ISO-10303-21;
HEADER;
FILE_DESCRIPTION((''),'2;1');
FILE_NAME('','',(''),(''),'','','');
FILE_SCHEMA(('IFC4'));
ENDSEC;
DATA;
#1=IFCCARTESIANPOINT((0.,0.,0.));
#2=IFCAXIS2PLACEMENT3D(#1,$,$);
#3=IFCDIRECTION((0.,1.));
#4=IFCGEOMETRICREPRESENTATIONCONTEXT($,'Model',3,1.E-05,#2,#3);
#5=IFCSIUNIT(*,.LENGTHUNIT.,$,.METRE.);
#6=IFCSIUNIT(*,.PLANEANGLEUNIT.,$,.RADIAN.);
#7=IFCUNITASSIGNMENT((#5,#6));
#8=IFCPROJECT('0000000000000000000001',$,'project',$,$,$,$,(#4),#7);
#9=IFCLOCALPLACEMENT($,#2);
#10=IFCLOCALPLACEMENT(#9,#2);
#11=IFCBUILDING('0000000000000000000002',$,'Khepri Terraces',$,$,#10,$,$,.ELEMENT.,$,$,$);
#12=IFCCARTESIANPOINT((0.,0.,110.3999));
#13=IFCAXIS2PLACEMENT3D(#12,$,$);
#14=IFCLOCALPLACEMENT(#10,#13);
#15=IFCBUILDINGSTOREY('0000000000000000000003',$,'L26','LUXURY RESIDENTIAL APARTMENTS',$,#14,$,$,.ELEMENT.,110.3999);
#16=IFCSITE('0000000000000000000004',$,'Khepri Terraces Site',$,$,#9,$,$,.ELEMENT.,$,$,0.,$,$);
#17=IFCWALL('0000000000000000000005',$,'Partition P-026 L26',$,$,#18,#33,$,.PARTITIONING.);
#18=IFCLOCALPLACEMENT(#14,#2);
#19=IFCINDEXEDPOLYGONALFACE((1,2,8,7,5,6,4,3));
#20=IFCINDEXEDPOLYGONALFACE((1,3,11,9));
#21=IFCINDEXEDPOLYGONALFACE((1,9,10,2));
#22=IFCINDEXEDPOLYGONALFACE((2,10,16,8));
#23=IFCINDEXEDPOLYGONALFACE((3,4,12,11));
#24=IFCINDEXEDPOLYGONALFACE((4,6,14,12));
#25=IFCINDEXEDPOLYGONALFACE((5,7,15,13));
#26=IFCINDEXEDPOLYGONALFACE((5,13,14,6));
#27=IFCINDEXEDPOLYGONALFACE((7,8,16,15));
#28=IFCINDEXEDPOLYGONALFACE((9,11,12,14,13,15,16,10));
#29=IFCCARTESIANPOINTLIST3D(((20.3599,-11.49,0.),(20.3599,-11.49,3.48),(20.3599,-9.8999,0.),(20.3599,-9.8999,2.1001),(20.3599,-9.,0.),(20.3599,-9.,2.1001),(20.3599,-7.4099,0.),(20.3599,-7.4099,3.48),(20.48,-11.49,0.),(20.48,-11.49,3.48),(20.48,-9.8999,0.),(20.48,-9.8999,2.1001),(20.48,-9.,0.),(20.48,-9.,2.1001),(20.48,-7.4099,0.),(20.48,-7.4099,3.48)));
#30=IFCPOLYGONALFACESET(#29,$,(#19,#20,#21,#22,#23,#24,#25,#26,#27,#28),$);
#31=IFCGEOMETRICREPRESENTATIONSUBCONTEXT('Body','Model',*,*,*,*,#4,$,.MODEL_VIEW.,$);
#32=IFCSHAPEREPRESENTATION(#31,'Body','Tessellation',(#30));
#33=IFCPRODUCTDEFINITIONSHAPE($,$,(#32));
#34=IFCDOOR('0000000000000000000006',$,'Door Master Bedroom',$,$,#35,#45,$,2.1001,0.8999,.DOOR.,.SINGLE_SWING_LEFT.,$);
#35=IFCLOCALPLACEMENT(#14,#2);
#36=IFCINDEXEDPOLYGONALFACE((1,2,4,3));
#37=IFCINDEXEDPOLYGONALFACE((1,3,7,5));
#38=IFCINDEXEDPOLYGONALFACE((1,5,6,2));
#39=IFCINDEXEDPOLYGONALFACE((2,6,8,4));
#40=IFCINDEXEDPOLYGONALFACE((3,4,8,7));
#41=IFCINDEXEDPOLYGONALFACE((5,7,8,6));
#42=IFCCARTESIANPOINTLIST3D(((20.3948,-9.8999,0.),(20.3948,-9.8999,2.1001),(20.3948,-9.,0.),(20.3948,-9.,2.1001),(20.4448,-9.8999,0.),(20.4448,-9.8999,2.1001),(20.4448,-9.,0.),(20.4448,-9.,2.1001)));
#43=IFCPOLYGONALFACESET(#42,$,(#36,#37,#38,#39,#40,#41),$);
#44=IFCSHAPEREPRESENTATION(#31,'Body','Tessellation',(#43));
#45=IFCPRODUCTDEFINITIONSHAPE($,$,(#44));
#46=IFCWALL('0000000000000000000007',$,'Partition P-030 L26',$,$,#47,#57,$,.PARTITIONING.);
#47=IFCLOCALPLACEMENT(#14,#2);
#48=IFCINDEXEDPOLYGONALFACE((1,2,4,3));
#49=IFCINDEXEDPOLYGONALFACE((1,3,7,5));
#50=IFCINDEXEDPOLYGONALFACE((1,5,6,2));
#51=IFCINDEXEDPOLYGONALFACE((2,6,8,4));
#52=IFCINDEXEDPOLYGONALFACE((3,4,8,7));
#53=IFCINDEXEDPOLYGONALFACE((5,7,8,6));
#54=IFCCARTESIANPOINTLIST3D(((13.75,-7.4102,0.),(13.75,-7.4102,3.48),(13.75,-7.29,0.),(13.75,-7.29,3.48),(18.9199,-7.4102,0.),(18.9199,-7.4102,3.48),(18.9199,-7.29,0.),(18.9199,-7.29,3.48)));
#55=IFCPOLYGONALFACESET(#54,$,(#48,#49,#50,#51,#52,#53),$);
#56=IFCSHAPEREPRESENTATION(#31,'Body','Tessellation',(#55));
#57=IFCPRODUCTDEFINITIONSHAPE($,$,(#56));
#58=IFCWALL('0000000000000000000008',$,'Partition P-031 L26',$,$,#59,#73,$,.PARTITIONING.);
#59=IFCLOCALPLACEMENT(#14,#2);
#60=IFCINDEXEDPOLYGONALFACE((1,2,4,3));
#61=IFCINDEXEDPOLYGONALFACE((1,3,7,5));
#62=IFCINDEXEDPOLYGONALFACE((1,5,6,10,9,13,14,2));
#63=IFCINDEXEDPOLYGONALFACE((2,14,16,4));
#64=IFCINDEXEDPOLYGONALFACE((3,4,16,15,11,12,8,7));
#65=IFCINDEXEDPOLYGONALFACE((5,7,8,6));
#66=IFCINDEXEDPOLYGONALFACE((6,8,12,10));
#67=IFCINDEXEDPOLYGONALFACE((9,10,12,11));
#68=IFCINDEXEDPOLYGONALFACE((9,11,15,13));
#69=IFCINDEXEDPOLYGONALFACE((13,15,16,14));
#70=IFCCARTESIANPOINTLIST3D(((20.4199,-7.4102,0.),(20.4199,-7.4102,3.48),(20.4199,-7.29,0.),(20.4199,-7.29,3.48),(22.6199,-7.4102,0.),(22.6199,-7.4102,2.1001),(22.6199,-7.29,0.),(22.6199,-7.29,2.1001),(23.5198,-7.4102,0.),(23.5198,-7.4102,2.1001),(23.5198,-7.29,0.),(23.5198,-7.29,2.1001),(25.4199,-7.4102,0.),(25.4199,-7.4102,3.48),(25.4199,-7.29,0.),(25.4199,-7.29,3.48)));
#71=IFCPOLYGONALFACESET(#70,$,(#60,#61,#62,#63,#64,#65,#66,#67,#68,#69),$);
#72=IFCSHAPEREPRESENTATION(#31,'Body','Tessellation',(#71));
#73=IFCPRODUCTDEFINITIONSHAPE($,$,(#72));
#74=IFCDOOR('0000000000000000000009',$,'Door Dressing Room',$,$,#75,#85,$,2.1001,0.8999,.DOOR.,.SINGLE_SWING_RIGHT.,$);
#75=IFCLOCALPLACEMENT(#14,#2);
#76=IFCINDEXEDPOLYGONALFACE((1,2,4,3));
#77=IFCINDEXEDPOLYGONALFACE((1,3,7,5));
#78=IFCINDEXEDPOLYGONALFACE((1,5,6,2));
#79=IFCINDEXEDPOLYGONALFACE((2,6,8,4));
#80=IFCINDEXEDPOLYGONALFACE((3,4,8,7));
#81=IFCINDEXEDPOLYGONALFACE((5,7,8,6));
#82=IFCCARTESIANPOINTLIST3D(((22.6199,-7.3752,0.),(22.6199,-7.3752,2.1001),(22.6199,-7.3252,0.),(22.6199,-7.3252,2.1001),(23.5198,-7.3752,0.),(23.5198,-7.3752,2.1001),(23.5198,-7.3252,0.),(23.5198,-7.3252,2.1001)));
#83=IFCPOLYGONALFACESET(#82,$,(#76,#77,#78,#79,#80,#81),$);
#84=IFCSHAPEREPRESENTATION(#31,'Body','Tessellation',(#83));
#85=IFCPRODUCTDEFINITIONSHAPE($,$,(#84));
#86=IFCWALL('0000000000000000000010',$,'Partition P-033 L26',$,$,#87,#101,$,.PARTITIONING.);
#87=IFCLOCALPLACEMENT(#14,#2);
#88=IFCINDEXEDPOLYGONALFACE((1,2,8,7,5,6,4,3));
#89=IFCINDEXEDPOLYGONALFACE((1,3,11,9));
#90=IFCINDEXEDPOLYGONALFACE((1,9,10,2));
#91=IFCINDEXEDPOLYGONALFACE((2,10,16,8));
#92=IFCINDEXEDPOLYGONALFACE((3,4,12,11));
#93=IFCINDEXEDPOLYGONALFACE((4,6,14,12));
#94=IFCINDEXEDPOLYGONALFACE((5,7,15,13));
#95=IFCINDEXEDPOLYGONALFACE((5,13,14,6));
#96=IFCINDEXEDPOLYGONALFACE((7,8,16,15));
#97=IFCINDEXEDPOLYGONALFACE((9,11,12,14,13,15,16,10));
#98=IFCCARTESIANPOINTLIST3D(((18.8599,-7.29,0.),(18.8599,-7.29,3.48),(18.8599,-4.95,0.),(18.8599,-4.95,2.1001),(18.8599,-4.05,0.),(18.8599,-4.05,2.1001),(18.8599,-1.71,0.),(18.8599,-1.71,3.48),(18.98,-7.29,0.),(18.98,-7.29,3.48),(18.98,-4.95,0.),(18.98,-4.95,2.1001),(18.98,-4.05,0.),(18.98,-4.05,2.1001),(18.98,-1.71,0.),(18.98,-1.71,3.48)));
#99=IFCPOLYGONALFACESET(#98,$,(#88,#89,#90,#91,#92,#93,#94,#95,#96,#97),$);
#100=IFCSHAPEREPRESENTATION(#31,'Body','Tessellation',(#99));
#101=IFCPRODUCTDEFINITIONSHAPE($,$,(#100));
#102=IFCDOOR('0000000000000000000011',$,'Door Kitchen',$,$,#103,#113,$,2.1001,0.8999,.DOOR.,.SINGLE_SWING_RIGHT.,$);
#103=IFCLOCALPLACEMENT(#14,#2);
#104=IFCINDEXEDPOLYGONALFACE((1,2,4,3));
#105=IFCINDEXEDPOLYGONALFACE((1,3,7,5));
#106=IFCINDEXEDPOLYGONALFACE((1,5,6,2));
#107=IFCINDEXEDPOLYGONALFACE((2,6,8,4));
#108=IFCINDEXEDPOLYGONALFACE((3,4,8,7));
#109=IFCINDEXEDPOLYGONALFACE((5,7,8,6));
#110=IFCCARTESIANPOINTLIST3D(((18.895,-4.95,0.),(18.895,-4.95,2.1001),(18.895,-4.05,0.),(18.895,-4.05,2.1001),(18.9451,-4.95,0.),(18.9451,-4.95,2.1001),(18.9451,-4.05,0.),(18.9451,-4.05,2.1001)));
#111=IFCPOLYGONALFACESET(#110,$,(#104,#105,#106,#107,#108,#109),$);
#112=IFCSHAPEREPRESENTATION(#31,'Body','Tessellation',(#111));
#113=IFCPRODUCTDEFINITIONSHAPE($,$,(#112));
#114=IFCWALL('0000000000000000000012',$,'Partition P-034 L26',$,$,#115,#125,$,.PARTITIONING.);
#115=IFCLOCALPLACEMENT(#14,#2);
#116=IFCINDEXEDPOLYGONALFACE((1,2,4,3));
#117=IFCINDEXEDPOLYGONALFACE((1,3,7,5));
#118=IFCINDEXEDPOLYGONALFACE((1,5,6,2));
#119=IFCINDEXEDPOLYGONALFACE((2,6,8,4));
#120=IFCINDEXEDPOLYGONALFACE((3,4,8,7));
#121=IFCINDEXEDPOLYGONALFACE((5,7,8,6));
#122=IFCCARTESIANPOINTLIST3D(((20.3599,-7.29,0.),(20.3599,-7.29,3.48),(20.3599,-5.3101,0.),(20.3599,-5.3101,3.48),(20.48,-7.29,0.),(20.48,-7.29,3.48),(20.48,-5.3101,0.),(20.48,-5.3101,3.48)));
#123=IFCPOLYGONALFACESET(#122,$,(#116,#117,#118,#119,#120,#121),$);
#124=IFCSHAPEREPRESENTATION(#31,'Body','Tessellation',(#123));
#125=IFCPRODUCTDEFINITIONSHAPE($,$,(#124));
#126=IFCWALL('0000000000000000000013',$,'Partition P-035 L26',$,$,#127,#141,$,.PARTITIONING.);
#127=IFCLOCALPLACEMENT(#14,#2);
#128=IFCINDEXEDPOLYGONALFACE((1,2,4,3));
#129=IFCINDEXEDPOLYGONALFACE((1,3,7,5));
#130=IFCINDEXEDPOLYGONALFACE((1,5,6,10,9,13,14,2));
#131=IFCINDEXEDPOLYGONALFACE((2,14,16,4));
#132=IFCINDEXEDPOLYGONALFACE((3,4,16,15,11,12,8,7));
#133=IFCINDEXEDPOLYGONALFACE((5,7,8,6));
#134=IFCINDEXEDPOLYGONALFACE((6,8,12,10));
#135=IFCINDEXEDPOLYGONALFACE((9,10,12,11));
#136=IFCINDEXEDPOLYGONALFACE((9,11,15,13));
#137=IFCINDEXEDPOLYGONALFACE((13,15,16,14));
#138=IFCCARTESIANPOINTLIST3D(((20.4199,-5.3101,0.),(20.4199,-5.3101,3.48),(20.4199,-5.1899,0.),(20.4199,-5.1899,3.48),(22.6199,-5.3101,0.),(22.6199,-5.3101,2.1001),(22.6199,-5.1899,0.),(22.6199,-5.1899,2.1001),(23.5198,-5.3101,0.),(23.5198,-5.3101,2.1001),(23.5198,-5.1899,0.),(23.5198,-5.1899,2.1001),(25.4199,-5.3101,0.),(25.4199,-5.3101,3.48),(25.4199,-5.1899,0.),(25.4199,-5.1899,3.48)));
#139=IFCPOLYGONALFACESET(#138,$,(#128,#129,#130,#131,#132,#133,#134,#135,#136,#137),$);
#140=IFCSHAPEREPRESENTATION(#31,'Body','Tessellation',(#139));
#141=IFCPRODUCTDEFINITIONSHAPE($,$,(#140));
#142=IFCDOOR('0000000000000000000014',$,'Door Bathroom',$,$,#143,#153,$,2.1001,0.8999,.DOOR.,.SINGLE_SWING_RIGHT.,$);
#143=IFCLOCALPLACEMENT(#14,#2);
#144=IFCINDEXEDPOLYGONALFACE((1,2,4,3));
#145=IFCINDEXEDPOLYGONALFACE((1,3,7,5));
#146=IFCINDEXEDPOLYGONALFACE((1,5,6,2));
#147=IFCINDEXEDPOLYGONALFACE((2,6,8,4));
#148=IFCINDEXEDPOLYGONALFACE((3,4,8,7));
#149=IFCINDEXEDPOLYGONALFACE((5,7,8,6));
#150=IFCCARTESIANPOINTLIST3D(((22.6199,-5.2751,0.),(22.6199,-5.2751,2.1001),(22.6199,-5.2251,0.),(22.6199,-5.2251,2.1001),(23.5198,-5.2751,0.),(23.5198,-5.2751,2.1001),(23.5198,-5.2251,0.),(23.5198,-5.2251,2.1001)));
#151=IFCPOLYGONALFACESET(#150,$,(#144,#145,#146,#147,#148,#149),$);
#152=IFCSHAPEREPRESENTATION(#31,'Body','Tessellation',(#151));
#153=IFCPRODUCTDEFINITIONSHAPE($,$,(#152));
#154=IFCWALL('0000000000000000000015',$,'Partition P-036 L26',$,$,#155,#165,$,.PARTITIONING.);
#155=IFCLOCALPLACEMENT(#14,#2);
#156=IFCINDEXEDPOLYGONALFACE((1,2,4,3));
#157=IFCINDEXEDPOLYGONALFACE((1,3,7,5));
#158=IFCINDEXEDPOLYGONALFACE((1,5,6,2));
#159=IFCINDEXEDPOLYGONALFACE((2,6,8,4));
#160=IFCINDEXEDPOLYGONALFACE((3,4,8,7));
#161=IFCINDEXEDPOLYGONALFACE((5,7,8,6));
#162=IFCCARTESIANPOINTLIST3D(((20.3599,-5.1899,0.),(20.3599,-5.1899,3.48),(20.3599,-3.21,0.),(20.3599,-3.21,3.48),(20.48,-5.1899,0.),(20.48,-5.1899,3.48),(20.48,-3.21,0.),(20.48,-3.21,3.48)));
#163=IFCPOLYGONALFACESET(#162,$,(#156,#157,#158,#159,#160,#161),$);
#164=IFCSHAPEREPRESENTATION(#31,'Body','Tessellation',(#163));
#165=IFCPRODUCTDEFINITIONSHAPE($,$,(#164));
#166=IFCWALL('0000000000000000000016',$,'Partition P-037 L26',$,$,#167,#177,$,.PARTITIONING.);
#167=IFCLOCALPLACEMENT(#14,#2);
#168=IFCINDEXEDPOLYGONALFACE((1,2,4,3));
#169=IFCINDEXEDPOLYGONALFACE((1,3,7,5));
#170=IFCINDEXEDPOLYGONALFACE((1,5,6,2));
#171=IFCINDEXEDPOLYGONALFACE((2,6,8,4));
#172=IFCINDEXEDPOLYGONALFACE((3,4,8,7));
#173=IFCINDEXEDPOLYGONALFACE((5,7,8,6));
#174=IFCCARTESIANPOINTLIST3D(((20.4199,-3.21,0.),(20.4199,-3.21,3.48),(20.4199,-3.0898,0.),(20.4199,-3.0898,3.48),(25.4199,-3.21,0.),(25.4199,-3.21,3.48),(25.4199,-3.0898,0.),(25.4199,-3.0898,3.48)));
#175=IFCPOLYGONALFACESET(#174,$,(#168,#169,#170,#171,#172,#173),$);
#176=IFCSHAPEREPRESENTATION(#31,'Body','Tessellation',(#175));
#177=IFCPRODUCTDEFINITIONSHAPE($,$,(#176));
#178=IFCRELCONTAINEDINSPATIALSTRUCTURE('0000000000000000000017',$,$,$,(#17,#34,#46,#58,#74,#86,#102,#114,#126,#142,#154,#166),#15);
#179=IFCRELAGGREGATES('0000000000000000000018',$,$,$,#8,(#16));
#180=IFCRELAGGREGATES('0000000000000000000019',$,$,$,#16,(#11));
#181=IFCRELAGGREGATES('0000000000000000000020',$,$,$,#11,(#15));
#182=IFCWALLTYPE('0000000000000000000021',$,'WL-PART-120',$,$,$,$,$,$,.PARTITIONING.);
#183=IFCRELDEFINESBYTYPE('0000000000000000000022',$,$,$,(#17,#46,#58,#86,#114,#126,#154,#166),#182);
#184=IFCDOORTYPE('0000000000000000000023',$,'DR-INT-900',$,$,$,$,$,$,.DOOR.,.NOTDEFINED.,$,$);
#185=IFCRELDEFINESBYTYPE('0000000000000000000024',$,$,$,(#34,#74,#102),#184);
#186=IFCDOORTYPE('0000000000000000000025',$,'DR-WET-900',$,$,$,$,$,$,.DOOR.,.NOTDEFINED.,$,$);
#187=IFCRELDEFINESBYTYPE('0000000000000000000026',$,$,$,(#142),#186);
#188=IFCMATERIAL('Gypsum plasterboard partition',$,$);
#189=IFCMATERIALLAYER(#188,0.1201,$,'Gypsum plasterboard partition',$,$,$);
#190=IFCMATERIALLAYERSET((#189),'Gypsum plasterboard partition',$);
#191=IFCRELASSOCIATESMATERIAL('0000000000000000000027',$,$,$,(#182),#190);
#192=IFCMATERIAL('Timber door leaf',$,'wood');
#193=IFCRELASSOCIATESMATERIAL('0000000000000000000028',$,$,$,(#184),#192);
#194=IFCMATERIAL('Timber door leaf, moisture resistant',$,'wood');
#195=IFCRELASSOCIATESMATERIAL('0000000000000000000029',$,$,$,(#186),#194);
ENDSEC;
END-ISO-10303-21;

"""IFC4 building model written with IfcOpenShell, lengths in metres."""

from ifc_helpers import new_model, si_unit, direction, frame, frame_2d, origin, place, context, subcontext, project, spatial, rectangle, extrude, material, layer, layer_set, type_object, element, fill, save


model = new_model("IFC4")

# Units and contexts
model_context = context("Model", 3, precision=1e-05, world=origin(), true_north=direction((0.0, 1.0)))
body_context = subcontext(model_context, "Body", "Model", "MODEL_VIEW")
ifc_project = project(units=[si_unit("LENGTHUNIT", "METRE"), si_unit("PLANEANGLEUNIT", "RADIAN")], contexts=[model_context])

# Site, building, storey
site_placement = place(None, origin())
site = spatial("IfcSite", under=ifc_project, at=site_placement, Name="Khepri Terraces Site", CompositionType="ELEMENT", RefElevation=0.0)
building_placement = place(site_placement, origin())
building = spatial("IfcBuilding", under=site, at=building_placement, Name="Khepri Terraces", CompositionType="ELEMENT")
storey_placement = place(building_placement, frame((0.0, 0.0, 110.3999)))
storey = spatial("IfcBuildingStorey", under=building, at=storey_placement, Name="L26", Description="LUXURY RESIDENTIAL APARTMENTS", CompositionType="ELEMENT", Elevation=110.3999)

# Shared definitions
ifc_material_1 = material(Name="Gypsum plasterboard partition")
ifc_layer_1 = layer(ifc_material_1, 0.1201, Name="Gypsum plasterboard partition")
ifc_layer_set_1 = layer_set([ifc_layer_1], Name="Gypsum plasterboard partition")
wall_type_1 = type_object("IfcWallType", Name="WL-PART-120", PredefinedType="PARTITIONING", material=ifc_layer_set_1)

# Wall, opening, door
wall_1_placement = place(storey_placement, frame((20.4199, -11.49, 0.0), z_axis=(0.0, 0.0, 1.0), x_axis=(0.0, 1.0, 0.0)))
wall_1 = element("IfcWall", 1, at=wall_1_placement, inside=storey, type_object=wall_type_1, Name="Partition P-026 L26", PredefinedType="PARTITIONING", context=body_context, shape_type="SweptSolid", body=[
    extrude(rectangle(XDim=4.0801, YDim=0.1201, at=frame_2d((2.04, 0.0))), origin(), (0.0, 0.0, 1.0), 3.48),
])
opening_1_placement = place(wall_1_placement, frame((1.5901, 0.0, 0.0)))
opening_1 = element("IfcOpeningElement", 2, at=opening_1_placement, cuts=wall_1, PredefinedType="OPENING", context=body_context, shape_type="SweptSolid", body=[
    extrude(rectangle(XDim=0.8999, YDim=2.1001, at=frame_2d((0.45, 1.05))), frame((0.0, 0.0701, 0.0), z_axis=(0.0, -1.0, 0.0), x_axis=(1.0, 0.0, 0.0)), (0.0, 0.0, 1.0), 0.1401),
])
ifc_material_2 = material(Name="Timber door leaf", Category="wood")
door_type_1 = type_object("IfcDoorType", Name="DR-INT-900", OperationType="NOTDEFINED", PredefinedType="DOOR", material=ifc_material_2)
door_1_placement = place(opening_1_placement, frame((0.8999, 0.0, 0.0), z_axis=(0.0, 0.0, 1.0), x_axis=(-1.0, 0.0, 0.0)))
door_1 = element("IfcDoor", 3, at=door_1_placement, inside=storey, type_object=door_type_1, Name="Door Master Bedroom", OperationType="SINGLE_SWING_LEFT", OverallHeight=2.1001, OverallWidth=0.8999, PredefinedType="DOOR", context=body_context, shape_type="SweptSolid", body=[
    extrude(rectangle(XDim=0.8999, YDim=2.1001, at=frame_2d((0.45, 1.05))), frame((0.0, 0.0249, 0.0), z_axis=(0.0, -1.0, 0.0), x_axis=(1.0, 0.0, 0.0)), (0.0, 0.0, 1.0), 0.05),
])
fill(opening_1, door_1)

# Wall
wall_2_placement = place(storey_placement, frame((13.75, -7.3501, 0.0), z_axis=(0.0, 0.0, 1.0), x_axis=(1.0, 0.0, 0.0)))
element("IfcWall", 4, at=wall_2_placement, inside=storey, type_object=wall_type_1, Name="Partition P-030 L26", PredefinedType="PARTITIONING", context=body_context, shape_type="SweptSolid", body=[
    extrude(rectangle(XDim=5.1699, YDim=0.1201, at=frame_2d((2.585, 0.0))), origin(), (0.0, 0.0, 1.0), 3.48),
])

# Walls, openings, doors
wall_3_placement = place(storey_placement, frame((20.4199, -7.3501, 0.0), z_axis=(0.0, 0.0, 1.0), x_axis=(1.0, 0.0, 0.0)))
wall_3 = element("IfcWall", 5, at=wall_3_placement, inside=storey, type_object=wall_type_1, Name="Partition P-031 L26", PredefinedType="PARTITIONING", context=body_context, shape_type="SweptSolid", body=[
    extrude(rectangle(XDim=5.0, YDim=0.1201, at=frame_2d((2.5, 0.0))), origin(), (0.0, 0.0, 1.0), 3.48),
])
opening_2_placement = place(wall_3_placement, frame((2.2, 0.0, 0.0)))
opening_2 = element("IfcOpeningElement", 6, at=opening_2_placement, cuts=wall_3, PredefinedType="OPENING", context=body_context, shape_type="SweptSolid", body=[
    extrude(rectangle(XDim=0.8999, YDim=2.1001, at=frame_2d((0.45, 1.05))), frame((0.0, 0.0701, 0.0), z_axis=(0.0, -1.0, 0.0), x_axis=(1.0, 0.0, 0.0)), (0.0, 0.0, 1.0), 0.1401),
])
door_2_placement = place(opening_2_placement, origin())
door_2 = element("IfcDoor", 7, at=door_2_placement, inside=storey, type_object=door_type_1, Name="Door Dressing Room", OperationType="SINGLE_SWING_RIGHT", OverallHeight=2.1001, OverallWidth=0.8999, PredefinedType="DOOR", context=body_context, shape_type="SweptSolid", body=[
    extrude(rectangle(XDim=0.8999, YDim=2.1001, at=frame_2d((0.45, 1.05))), frame((0.0, 0.0249, 0.0), z_axis=(0.0, -1.0, 0.0), x_axis=(1.0, 0.0, 0.0)), (0.0, 0.0, 1.0), 0.05),
])
fill(opening_2, door_2)
wall_4_placement = place(storey_placement, frame((18.9199, -7.29, 0.0), z_axis=(0.0, 0.0, 1.0), x_axis=(0.0, 1.0, 0.0)))
wall_4 = element("IfcWall", 8, at=wall_4_placement, inside=storey, type_object=wall_type_1, Name="Partition P-033 L26", PredefinedType="PARTITIONING", context=body_context, shape_type="SweptSolid", body=[
    extrude(rectangle(XDim=5.5801, YDim=0.1201, at=frame_2d((2.79, 0.0))), origin(), (0.0, 0.0, 1.0), 3.48),
])
opening_3_placement = place(wall_4_placement, frame((2.3401, 0.0, 0.0)))
opening_3 = element("IfcOpeningElement", 9, at=opening_3_placement, cuts=wall_4, PredefinedType="OPENING", context=body_context, shape_type="SweptSolid", body=[
    extrude(rectangle(XDim=0.8999, YDim=2.1001, at=frame_2d((0.45, 1.05))), frame((0.0, 0.0701, 0.0), z_axis=(0.0, -1.0, 0.0), x_axis=(1.0, 0.0, 0.0)), (0.0, 0.0, 1.0), 0.1401),
])
door_3_placement = place(opening_3_placement, origin())
door_3 = element("IfcDoor", 10, at=door_3_placement, inside=storey, type_object=door_type_1, Name="Door Kitchen", OperationType="SINGLE_SWING_RIGHT", OverallHeight=2.1001, OverallWidth=0.8999, PredefinedType="DOOR", context=body_context, shape_type="SweptSolid", body=[
    extrude(rectangle(XDim=0.8999, YDim=2.1001, at=frame_2d((0.45, 1.05))), frame((0.0, 0.0249, 0.0), z_axis=(0.0, -1.0, 0.0), x_axis=(1.0, 0.0, 0.0)), (0.0, 0.0, 1.0), 0.05),
])
fill(opening_3, door_3)

# Wall
wall_5_placement = place(storey_placement, frame((20.4199, -7.29, 0.0), z_axis=(0.0, 0.0, 1.0), x_axis=(0.0, 1.0, 0.0)))
element("IfcWall", 11, at=wall_5_placement, inside=storey, type_object=wall_type_1, Name="Partition P-034 L26", PredefinedType="PARTITIONING", context=body_context, shape_type="SweptSolid", body=[
    extrude(rectangle(XDim=1.98, YDim=0.1201, at=frame_2d((0.99, 0.0))), origin(), (0.0, 0.0, 1.0), 3.48),
])

# Wall, opening, door
wall_6_placement = place(storey_placement, frame((20.4199, -5.25, 0.0), z_axis=(0.0, 0.0, 1.0), x_axis=(1.0, 0.0, 0.0)))
wall_6 = element("IfcWall", 12, at=wall_6_placement, inside=storey, type_object=wall_type_1, Name="Partition P-035 L26", PredefinedType="PARTITIONING", context=body_context, shape_type="SweptSolid", body=[
    extrude(rectangle(XDim=5.0, YDim=0.1201, at=frame_2d((2.5, 0.0))), origin(), (0.0, 0.0, 1.0), 3.48),
])
opening_4_placement = place(wall_6_placement, frame((2.2, 0.0, 0.0)))
opening_4 = element("IfcOpeningElement", 13, at=opening_4_placement, cuts=wall_6, PredefinedType="OPENING", context=body_context, shape_type="SweptSolid", body=[
    extrude(rectangle(XDim=0.8999, YDim=2.1001, at=frame_2d((0.45, 1.05))), frame((0.0, 0.0701, 0.0), z_axis=(0.0, -1.0, 0.0), x_axis=(1.0, 0.0, 0.0)), (0.0, 0.0, 1.0), 0.1401),
])
ifc_material_3 = material(Name="Timber door leaf, moisture resistant", Category="wood")
door_type_2 = type_object("IfcDoorType", Name="DR-WET-900", OperationType="NOTDEFINED", PredefinedType="DOOR", material=ifc_material_3)
door_4_placement = place(opening_4_placement, origin())
door_4 = element("IfcDoor", 14, at=door_4_placement, inside=storey, type_object=door_type_2, Name="Door Bathroom", OperationType="SINGLE_SWING_RIGHT", OverallHeight=2.1001, OverallWidth=0.8999, PredefinedType="DOOR", context=body_context, shape_type="SweptSolid", body=[
    extrude(rectangle(XDim=0.8999, YDim=2.1001, at=frame_2d((0.45, 1.05))), frame((0.0, 0.0249, 0.0), z_axis=(0.0, -1.0, 0.0), x_axis=(1.0, 0.0, 0.0)), (0.0, 0.0, 1.0), 0.05),
])
fill(opening_4, door_4)

# Walls
wall_7_placement = place(storey_placement, frame((20.4199, -5.1899, 0.0), z_axis=(0.0, 0.0, 1.0), x_axis=(0.0, 1.0, 0.0)))
element("IfcWall", 15, at=wall_7_placement, inside=storey, type_object=wall_type_1, Name="Partition P-036 L26", PredefinedType="PARTITIONING", context=body_context, shape_type="SweptSolid", body=[
    extrude(rectangle(XDim=1.98, YDim=0.1201, at=frame_2d((0.99, 0.0))), origin(), (0.0, 0.0, 1.0), 3.48),
])
wall_8_placement = place(storey_placement, frame((20.4199, -3.1499, 0.0), z_axis=(0.0, 0.0, 1.0), x_axis=(1.0, 0.0, 0.0)))
element("IfcWall", 16, at=wall_8_placement, inside=storey, type_object=wall_type_1, Name="Partition P-037 L26", PredefinedType="PARTITIONING", context=body_context, shape_type="SweptSolid", body=[
    extrude(rectangle(XDim=5.0, YDim=0.1201, at=frame_2d((2.5, 0.0))), origin(), (0.0, 0.0, 1.0), 3.48),
])

save(model, "model.ifc")
